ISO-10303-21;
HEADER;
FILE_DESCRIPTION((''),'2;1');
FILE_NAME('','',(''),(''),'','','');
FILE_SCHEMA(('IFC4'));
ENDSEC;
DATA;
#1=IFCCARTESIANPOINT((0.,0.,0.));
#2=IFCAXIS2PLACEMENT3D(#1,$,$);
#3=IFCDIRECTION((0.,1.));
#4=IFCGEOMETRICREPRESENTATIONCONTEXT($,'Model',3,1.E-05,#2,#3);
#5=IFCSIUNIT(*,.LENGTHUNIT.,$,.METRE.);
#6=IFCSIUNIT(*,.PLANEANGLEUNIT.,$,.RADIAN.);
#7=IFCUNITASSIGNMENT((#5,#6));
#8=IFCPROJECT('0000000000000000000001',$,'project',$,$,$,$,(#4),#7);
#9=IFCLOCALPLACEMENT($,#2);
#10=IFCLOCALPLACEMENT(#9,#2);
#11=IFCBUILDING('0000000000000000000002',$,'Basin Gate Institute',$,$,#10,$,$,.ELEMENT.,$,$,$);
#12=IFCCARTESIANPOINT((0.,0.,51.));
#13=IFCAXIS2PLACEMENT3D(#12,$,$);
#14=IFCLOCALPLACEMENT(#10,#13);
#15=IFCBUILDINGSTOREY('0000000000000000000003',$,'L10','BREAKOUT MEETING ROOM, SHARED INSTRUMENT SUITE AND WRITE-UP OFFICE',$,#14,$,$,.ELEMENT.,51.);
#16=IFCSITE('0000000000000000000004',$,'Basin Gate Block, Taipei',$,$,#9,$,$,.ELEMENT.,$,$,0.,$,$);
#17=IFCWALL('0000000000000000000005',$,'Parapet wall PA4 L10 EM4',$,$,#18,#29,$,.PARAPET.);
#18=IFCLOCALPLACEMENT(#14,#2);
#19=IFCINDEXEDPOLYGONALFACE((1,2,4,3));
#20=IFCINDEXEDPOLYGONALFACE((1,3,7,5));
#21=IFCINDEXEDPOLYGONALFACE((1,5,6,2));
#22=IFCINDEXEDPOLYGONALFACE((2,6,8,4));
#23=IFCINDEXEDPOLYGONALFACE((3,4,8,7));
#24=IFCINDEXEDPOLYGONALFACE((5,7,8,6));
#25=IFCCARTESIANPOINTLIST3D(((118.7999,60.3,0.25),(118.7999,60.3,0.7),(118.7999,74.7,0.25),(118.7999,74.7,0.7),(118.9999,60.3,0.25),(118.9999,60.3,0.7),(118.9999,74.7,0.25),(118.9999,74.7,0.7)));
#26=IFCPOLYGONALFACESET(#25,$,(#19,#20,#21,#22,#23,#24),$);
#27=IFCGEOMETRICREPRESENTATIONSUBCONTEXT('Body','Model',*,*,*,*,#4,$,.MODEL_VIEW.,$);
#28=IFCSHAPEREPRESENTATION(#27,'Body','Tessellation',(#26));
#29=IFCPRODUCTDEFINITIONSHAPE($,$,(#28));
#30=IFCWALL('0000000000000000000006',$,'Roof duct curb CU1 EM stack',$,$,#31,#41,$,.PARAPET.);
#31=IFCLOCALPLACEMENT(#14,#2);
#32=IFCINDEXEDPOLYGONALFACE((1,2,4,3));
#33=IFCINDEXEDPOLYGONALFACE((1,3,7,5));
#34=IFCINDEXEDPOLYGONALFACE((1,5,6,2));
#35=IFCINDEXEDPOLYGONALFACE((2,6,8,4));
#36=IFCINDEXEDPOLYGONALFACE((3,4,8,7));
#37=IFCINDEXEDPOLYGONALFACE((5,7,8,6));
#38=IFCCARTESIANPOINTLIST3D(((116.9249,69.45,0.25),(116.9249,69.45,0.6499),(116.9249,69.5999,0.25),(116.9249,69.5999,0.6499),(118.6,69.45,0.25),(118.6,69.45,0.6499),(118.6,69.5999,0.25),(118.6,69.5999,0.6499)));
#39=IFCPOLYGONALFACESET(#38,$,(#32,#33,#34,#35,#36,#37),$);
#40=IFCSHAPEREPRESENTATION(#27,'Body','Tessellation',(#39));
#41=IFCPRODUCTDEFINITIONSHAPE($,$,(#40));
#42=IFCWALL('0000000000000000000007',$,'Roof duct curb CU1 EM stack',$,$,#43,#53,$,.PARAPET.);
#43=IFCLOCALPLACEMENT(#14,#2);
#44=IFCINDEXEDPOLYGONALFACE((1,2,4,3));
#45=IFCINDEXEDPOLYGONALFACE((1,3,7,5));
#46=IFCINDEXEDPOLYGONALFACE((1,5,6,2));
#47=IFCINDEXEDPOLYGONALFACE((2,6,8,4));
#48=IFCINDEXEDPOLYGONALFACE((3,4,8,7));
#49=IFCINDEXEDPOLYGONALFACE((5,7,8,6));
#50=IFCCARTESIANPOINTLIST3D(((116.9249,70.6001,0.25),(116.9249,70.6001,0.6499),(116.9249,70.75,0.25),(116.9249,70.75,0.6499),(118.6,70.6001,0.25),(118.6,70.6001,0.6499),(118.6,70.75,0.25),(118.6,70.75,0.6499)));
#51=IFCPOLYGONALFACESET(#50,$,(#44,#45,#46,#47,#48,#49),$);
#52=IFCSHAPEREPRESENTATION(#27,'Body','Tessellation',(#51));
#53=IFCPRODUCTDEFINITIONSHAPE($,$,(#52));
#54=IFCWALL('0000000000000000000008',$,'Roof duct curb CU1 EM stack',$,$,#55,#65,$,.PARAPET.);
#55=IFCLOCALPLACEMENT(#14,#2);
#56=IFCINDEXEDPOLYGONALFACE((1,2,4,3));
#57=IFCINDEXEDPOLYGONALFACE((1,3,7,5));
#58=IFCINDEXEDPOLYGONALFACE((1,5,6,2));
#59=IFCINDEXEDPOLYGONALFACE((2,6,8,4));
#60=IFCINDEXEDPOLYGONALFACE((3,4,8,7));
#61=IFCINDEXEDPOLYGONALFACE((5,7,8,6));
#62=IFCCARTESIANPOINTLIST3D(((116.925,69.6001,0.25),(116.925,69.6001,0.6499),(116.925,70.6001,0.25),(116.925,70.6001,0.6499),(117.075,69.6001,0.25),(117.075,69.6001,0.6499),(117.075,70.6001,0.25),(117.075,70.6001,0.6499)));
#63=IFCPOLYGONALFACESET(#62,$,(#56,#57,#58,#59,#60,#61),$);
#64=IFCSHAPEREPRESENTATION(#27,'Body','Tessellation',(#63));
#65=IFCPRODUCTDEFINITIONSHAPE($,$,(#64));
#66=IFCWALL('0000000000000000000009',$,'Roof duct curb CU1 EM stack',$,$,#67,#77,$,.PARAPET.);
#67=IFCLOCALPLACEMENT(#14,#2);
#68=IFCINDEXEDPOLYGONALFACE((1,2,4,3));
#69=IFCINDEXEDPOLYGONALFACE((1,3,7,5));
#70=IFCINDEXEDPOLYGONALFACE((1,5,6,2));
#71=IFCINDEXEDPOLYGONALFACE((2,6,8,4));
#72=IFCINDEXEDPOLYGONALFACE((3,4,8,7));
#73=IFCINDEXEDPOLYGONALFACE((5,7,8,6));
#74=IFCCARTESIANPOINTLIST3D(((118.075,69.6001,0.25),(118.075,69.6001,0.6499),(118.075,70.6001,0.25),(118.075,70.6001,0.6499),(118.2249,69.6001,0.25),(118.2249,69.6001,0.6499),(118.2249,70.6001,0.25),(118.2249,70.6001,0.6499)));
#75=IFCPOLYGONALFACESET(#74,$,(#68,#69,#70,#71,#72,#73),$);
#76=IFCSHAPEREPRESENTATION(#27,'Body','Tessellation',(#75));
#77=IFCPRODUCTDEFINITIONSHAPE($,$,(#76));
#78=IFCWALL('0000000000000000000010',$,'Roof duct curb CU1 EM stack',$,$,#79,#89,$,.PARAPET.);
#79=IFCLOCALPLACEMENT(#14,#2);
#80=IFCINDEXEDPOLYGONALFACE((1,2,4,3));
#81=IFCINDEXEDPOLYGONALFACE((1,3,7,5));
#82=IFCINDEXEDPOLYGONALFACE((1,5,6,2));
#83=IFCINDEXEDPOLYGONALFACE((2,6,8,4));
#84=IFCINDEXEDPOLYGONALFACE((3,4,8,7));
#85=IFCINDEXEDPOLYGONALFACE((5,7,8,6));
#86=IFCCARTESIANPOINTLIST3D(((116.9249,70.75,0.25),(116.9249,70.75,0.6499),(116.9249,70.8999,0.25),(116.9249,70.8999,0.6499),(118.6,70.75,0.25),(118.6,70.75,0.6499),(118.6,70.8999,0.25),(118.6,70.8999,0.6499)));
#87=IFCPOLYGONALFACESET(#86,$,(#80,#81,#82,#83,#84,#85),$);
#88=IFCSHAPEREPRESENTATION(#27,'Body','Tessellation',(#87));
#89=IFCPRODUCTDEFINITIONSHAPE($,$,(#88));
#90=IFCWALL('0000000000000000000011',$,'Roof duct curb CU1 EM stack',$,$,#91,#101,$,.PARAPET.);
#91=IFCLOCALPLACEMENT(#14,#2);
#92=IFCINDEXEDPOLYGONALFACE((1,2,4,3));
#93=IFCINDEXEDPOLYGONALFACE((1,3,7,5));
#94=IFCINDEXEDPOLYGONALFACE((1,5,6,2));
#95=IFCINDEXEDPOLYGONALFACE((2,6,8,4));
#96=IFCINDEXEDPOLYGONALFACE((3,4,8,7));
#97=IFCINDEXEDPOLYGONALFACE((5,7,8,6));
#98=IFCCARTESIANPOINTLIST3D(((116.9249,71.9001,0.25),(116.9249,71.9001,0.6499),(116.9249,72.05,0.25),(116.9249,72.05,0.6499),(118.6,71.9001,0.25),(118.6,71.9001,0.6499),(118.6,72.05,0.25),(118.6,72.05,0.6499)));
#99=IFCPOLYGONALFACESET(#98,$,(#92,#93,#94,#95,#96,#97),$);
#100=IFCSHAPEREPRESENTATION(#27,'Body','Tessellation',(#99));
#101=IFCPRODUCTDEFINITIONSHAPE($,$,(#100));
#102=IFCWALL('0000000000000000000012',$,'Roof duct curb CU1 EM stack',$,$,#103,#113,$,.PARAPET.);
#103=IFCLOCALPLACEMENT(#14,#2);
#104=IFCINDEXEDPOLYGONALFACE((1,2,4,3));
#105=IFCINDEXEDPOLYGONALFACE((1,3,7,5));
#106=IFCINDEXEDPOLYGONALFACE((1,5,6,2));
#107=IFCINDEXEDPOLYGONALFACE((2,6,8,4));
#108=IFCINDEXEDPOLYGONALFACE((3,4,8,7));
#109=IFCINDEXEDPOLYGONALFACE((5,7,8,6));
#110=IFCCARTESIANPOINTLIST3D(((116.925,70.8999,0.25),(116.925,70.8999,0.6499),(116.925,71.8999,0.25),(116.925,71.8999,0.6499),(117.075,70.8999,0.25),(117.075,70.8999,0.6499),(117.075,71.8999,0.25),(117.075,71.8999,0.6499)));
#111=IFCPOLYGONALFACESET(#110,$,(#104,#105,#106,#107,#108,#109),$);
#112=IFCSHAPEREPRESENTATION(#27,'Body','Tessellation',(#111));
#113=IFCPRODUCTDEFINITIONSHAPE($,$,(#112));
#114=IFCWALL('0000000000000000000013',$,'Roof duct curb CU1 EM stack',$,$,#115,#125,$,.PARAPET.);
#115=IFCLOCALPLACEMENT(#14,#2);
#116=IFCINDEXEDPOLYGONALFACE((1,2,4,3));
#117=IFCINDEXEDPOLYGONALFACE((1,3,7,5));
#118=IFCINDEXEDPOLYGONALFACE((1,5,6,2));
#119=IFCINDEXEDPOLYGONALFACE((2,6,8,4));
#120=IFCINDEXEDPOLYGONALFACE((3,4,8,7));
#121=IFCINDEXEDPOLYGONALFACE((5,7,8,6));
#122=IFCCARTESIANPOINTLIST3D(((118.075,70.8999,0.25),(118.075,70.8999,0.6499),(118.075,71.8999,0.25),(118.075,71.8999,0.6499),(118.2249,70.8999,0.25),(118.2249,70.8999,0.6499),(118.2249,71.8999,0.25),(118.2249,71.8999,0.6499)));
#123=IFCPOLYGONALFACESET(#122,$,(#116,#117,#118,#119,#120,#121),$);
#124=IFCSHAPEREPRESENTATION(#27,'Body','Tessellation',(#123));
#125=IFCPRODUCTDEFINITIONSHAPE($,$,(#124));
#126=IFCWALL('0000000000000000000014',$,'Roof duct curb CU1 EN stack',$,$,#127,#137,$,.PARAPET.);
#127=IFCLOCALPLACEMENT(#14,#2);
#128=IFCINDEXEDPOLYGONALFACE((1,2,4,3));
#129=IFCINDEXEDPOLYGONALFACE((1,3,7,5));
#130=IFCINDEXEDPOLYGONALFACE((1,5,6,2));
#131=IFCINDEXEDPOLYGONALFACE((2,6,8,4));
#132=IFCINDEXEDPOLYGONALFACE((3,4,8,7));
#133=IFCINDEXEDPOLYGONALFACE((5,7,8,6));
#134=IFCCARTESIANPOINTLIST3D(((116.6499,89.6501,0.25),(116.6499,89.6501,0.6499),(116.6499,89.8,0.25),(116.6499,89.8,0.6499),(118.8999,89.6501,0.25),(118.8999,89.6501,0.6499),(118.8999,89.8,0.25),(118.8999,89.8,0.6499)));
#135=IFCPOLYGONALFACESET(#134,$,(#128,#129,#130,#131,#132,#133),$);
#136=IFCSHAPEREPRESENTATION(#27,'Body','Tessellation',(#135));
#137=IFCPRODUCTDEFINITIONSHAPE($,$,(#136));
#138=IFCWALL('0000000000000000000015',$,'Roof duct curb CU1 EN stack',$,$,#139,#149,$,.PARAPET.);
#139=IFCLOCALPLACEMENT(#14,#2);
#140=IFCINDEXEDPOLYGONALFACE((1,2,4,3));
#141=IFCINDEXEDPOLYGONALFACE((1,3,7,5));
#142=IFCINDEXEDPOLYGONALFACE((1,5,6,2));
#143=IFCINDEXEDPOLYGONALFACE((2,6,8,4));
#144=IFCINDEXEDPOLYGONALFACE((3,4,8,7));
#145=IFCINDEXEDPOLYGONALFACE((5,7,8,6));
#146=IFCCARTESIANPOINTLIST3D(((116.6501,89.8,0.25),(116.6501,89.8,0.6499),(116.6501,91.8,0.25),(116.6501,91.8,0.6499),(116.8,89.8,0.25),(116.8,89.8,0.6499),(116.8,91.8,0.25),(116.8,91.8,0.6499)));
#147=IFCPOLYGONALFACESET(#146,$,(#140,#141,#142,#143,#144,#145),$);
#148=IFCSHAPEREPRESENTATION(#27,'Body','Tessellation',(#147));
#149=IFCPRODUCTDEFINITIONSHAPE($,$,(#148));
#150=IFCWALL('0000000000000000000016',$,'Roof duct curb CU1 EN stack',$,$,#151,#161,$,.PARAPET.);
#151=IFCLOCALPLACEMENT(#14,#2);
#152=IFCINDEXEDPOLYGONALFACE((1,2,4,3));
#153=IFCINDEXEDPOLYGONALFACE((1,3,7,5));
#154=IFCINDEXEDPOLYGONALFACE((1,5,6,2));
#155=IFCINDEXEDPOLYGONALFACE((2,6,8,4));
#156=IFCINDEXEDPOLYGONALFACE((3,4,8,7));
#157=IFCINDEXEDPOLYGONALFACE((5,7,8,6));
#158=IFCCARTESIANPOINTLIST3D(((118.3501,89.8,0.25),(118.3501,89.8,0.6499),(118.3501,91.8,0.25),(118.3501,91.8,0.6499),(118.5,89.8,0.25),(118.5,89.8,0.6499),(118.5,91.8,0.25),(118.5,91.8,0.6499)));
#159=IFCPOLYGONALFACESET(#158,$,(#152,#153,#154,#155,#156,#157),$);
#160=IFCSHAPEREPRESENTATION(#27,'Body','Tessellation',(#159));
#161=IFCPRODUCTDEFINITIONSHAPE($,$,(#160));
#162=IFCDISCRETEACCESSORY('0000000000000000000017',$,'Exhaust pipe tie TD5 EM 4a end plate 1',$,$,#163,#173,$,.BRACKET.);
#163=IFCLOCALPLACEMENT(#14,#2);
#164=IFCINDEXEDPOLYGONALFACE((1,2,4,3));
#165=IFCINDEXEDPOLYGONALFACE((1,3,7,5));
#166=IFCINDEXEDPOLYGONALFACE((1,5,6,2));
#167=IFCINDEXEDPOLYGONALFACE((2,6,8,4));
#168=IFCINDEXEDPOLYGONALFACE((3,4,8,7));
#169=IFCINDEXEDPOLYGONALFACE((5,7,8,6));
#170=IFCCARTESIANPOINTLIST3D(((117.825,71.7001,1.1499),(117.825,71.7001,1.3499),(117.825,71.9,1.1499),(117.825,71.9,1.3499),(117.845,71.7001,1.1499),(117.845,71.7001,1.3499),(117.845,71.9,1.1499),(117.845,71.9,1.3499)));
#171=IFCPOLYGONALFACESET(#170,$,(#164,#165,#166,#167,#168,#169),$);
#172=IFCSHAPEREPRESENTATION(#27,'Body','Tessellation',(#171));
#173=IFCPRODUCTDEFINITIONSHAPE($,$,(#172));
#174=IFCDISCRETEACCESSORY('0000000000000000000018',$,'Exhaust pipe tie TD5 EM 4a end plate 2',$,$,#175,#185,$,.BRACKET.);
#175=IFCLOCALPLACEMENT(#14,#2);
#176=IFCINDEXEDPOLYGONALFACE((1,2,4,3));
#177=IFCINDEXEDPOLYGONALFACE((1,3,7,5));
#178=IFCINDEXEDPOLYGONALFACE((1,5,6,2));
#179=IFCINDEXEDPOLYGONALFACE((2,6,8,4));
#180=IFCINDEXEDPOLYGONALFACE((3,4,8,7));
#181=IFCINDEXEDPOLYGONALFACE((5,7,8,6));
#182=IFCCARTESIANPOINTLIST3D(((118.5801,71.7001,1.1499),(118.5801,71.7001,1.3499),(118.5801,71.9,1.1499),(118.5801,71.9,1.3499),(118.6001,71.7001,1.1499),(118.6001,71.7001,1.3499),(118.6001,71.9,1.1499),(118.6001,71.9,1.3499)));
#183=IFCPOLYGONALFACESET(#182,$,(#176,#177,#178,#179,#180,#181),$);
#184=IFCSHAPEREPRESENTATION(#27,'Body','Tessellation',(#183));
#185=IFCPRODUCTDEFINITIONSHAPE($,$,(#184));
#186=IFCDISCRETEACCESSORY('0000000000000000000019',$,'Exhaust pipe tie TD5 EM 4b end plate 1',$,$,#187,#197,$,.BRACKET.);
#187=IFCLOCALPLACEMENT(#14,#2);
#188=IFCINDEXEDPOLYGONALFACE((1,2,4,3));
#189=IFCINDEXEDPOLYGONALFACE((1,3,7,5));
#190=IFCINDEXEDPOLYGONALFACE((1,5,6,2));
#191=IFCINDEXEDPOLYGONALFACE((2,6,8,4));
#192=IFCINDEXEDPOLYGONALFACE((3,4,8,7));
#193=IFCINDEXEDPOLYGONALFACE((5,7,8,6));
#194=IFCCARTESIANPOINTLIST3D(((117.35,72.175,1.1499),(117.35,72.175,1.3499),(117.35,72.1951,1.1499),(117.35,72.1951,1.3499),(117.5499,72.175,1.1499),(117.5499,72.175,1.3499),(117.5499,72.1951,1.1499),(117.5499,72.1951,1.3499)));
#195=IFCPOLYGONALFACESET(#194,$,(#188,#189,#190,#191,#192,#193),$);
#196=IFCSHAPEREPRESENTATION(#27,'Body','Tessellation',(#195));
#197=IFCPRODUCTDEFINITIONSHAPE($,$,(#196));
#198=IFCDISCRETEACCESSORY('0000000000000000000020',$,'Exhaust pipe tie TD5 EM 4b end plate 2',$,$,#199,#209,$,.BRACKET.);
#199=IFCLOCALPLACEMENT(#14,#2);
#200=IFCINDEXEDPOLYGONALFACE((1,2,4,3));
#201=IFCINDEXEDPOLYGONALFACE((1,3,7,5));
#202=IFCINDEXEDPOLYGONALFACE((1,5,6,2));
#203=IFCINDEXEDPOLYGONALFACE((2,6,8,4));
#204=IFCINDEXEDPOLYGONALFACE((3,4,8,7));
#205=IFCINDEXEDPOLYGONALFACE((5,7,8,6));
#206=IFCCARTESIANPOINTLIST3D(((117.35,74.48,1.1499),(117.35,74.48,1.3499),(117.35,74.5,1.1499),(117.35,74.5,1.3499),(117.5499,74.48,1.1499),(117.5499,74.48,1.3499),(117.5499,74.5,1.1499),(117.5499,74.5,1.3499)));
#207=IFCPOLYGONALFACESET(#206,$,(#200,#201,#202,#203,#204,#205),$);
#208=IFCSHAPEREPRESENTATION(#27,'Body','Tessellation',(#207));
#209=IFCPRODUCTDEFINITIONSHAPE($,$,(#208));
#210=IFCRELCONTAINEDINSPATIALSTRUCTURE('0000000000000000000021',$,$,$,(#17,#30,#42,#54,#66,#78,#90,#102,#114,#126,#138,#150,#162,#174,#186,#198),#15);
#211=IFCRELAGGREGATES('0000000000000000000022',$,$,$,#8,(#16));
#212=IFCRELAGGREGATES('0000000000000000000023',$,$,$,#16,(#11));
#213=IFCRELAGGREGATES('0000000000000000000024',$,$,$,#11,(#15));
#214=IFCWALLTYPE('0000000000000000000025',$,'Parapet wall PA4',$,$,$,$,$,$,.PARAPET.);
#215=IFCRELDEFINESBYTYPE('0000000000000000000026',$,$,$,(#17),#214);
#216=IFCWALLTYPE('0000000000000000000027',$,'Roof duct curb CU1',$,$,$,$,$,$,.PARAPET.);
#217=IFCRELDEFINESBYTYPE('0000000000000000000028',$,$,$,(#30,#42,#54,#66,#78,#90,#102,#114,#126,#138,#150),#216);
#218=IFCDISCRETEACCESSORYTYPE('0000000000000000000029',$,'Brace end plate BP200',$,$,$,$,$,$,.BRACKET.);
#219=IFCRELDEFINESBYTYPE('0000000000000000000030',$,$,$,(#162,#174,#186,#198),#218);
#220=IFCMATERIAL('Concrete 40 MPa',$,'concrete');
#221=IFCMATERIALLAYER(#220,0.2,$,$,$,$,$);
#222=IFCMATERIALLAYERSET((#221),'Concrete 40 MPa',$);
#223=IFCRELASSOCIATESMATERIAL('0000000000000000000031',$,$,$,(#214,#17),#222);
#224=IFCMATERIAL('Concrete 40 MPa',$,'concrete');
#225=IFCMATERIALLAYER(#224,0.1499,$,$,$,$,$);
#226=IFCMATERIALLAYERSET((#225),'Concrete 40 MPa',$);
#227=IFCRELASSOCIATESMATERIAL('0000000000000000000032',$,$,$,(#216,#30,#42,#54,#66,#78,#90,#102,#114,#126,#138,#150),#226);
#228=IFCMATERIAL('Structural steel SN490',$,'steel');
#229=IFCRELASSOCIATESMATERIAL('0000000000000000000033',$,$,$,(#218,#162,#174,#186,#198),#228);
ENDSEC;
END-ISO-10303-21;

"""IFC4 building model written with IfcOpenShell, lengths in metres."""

from ifc_helpers import new_model, si_unit, direction, frame, frame_2d, origin, origin_2d, place, context, subcontext, project, spatial, rectangle, extrude, material, layer, layer_set, type_object, element, save


model = new_model("IFC4")

# Units and contexts
model_context = context("Model", 3, precision=1e-05, world=origin(), true_north=direction((0.0, 1.0)))
body_context = subcontext(model_context, "Body", "Model", "MODEL_VIEW")
ifc_project = project(units=[si_unit("LENGTHUNIT", "METRE"), si_unit("PLANEANGLEUNIT", "RADIAN")], contexts=[model_context])

# Site, building, storey
site_placement = place(None, origin())
site = spatial("IfcSite", under=ifc_project, at=site_placement, Name="Basin Gate Block, Taipei", CompositionType="ELEMENT", RefElevation=0.0)
building_placement = place(site_placement, origin())
building = spatial("IfcBuilding", under=site, at=building_placement, Name="Basin Gate Institute", CompositionType="ELEMENT")
storey_placement = place(building_placement, frame((0.0, 0.0, 51.0)))
storey = spatial("IfcBuildingStorey", under=building, at=storey_placement, Name="L10", Description="BREAKOUT MEETING ROOM, SHARED INSTRUMENT SUITE AND WRITE-UP OFFICE", CompositionType="ELEMENT", Elevation=51.0)

# Walls
ifc_material_1 = material(Name="Concrete 40 MPa", Category="concrete")
ifc_layer_1 = layer(ifc_material_1, 0.2)
ifc_layer_set_1 = layer_set([ifc_layer_1], Name="Concrete 40 MPa")
wall_type_1 = type_object("IfcWallType", Name="Parapet wall PA4", PredefinedType="PARAPET", material=ifc_layer_set_1)
wall_1_placement = place(storey_placement, frame((118.8999, 74.7, 0.25), z_axis=(0.0, 0.0, 1.0), x_axis=(0.0, -1.0, 0.0)))
element("IfcWall", 1, at=wall_1_placement, inside=storey, type_object=wall_type_1, material=ifc_layer_set_1, Name="Parapet wall PA4 L10 EM4", PredefinedType="PARAPET", context=body_context, shape_type="SweptSolid", body=[
    extrude(rectangle(XDim=14.3999, YDim=0.2, at=frame_2d((7.2, 0.0))), origin(), (0.0, 0.0, 1.0), 0.45),
])
ifc_material_2 = material(Name="Concrete 40 MPa", Category="concrete")
ifc_layer_2 = layer(ifc_material_2, 0.1499)
ifc_layer_set_2 = layer_set([ifc_layer_2], Name="Concrete 40 MPa")
wall_type_2 = type_object("IfcWallType", Name="Roof duct curb CU1", PredefinedType="PARAPET", material=ifc_layer_set_2)
for number, where, z_axis, x_axis, name in (
    (2, (116.925, 69.5249, 0.25), (0.0, 0.0, 1.0), (1.0, 0.0, 0.0), "Roof duct curb CU1 EM stack"),
    (3, (116.925, 70.675, 0.25), (0.0, 0.0, 1.0), (1.0, 0.0, 0.0), "Roof duct curb CU1 EM stack"),
):
    element("IfcWall", number, at=place(storey_placement, frame(where, z_axis=z_axis, x_axis=x_axis)), inside=storey, type_object=wall_type_2, material=ifc_layer_set_2, Name=name, PredefinedType="PARAPET", context=body_context, shape_type="SweptSolid", body=[
        extrude(rectangle(XDim=1.675, YDim=0.1499, at=frame_2d((0.8374, 0.0))), origin(), (0.0, 0.0, 1.0), 0.3999),
    ])
for number, where, z_axis, x_axis, name in (
    (4, (117.0, 69.6001, 0.25), (0.0, 0.0, 1.0), (0.0, 1.0, 0.0), "Roof duct curb CU1 EM stack"),
    (5, (118.1499, 69.6001, 0.25), (0.0, 0.0, 1.0), (0.0, 1.0, 0.0), "Roof duct curb CU1 EM stack"),
):
    element("IfcWall", number, at=place(storey_placement, frame(where, z_axis=z_axis, x_axis=x_axis)), inside=storey, type_object=wall_type_2, material=ifc_layer_set_2, Name=name, PredefinedType="PARAPET", context=body_context, shape_type="SweptSolid", body=[
        extrude(rectangle(XDim=1.0, YDim=0.1499, at=frame_2d((0.5, 0.0))), origin(), (0.0, 0.0, 1.0), 0.3999),
    ])
for number, where, z_axis, x_axis, name in (
    (6, (116.925, 70.825, 0.25), (0.0, 0.0, 1.0), (1.0, 0.0, 0.0), "Roof duct curb CU1 EM stack"),
    (7, (116.925, 71.9751, 0.25), (0.0, 0.0, 1.0), (1.0, 0.0, 0.0), "Roof duct curb CU1 EM stack"),
):
    element("IfcWall", number, at=place(storey_placement, frame(where, z_axis=z_axis, x_axis=x_axis)), inside=storey, type_object=wall_type_2, material=ifc_layer_set_2, Name=name, PredefinedType="PARAPET", context=body_context, shape_type="SweptSolid", body=[
        extrude(rectangle(XDim=1.675, YDim=0.1499, at=frame_2d((0.8374, 0.0))), origin(), (0.0, 0.0, 1.0), 0.3999),
    ])
for number, where, z_axis, x_axis, name in (
    (8, (117.0, 70.8999, 0.25), (0.0, 0.0, 1.0), (0.0, 1.0, 0.0), "Roof duct curb CU1 EM stack"),
    (9, (118.1499, 70.8999, 0.25), (0.0, 0.0, 1.0), (0.0, 1.0, 0.0), "Roof duct curb CU1 EM stack"),
):
    element("IfcWall", number, at=place(storey_placement, frame(where, z_axis=z_axis, x_axis=x_axis)), inside=storey, type_object=wall_type_2, material=ifc_layer_set_2, Name=name, PredefinedType="PARAPET", context=body_context, shape_type="SweptSolid", body=[
        extrude(rectangle(XDim=1.0, YDim=0.1499, at=frame_2d((0.5, 0.0))), origin(), (0.0, 0.0, 1.0), 0.3999),
    ])
wall_2_placement = place(storey_placement, frame((116.6499, 89.7251, 0.25), z_axis=(0.0, 0.0, 1.0), x_axis=(1.0, 0.0, 0.0)))
element("IfcWall", 10, at=wall_2_placement, inside=storey, type_object=wall_type_2, material=ifc_layer_set_2, Name="Roof duct curb CU1 EN stack", PredefinedType="PARAPET", context=body_context, shape_type="SweptSolid", body=[
    extrude(rectangle(XDim=2.25, YDim=0.1499, at=frame_2d((1.125, 0.0))), origin(), (0.0, 0.0, 1.0), 0.3999),
])
for number, where, z_axis, x_axis, name in (
    (11, (116.7251, 89.8, 0.25), (0.0, 0.0, 1.0), (0.0, 1.0, 0.0), "Roof duct curb CU1 EN stack"),
    (12, (118.425, 89.8, 0.25), (0.0, 0.0, 1.0), (0.0, 1.0, 0.0), "Roof duct curb CU1 EN stack"),
):
    element("IfcWall", number, at=place(storey_placement, frame(where, z_axis=z_axis, x_axis=x_axis)), inside=storey, type_object=wall_type_2, material=ifc_layer_set_2, Name=name, PredefinedType="PARAPET", context=body_context, shape_type="SweptSolid", body=[
        extrude(rectangle(XDim=2.0, YDim=0.1499, at=frame_2d((1.0, 0.0))), origin(), (0.0, 0.0, 1.0), 0.3999),
    ])

# Discrete accessories
ifc_material_3 = material(Name="Structural steel SN490", Category="steel")
discrete_accessory_type = type_object("IfcDiscreteAccessoryType", Name="Brace end plate BP200", PredefinedType="BRACKET", material=ifc_material_3)
for number, where, z_axis, x_axis, name in (
    (13, (117.835, 71.8, 1.1499), (0.0, 0.0, 1.0), (1.0, 0.0, 0.0), "Exhaust pipe tie TD5 EM 4a end plate 1"),
    (14, (118.5901, 71.8, 1.1499), (0.0, 0.0, 1.0), (1.0, 0.0, 0.0), "Exhaust pipe tie TD5 EM 4a end plate 2"),
):
    element("IfcDiscreteAccessory", number, at=place(storey_placement, frame(where, z_axis=z_axis, x_axis=x_axis)), inside=storey, type_object=discrete_accessory_type, material=ifc_material_3, Name=name, PredefinedType="BRACKET", context=body_context, shape_type="SweptSolid", body=[
        extrude(rectangle(XDim=0.02, YDim=0.2, at=origin_2d()), origin(), (0.0, 0.0, 1.0), 0.2),
    ])
for number, where, z_axis, x_axis, name in (
    (15, (117.45, 72.1851, 1.1499), (0.0, 0.0, 1.0), (1.0, 0.0, 0.0), "Exhaust pipe tie TD5 EM 4b end plate 1"),
    (16, (117.45, 74.49, 1.1499), (0.0, 0.0, 1.0), (1.0, 0.0, 0.0), "Exhaust pipe tie TD5 EM 4b end plate 2"),
):
    element("IfcDiscreteAccessory", number, at=place(storey_placement, frame(where, z_axis=z_axis, x_axis=x_axis)), inside=storey, type_object=discrete_accessory_type, material=ifc_material_3, Name=name, PredefinedType="BRACKET", context=body_context, shape_type="SweptSolid", body=[
        extrude(rectangle(XDim=0.2, YDim=0.02, at=origin_2d()), origin(), (0.0, 0.0, 1.0), 0.2),
    ])

save(model, "model.ifc")
